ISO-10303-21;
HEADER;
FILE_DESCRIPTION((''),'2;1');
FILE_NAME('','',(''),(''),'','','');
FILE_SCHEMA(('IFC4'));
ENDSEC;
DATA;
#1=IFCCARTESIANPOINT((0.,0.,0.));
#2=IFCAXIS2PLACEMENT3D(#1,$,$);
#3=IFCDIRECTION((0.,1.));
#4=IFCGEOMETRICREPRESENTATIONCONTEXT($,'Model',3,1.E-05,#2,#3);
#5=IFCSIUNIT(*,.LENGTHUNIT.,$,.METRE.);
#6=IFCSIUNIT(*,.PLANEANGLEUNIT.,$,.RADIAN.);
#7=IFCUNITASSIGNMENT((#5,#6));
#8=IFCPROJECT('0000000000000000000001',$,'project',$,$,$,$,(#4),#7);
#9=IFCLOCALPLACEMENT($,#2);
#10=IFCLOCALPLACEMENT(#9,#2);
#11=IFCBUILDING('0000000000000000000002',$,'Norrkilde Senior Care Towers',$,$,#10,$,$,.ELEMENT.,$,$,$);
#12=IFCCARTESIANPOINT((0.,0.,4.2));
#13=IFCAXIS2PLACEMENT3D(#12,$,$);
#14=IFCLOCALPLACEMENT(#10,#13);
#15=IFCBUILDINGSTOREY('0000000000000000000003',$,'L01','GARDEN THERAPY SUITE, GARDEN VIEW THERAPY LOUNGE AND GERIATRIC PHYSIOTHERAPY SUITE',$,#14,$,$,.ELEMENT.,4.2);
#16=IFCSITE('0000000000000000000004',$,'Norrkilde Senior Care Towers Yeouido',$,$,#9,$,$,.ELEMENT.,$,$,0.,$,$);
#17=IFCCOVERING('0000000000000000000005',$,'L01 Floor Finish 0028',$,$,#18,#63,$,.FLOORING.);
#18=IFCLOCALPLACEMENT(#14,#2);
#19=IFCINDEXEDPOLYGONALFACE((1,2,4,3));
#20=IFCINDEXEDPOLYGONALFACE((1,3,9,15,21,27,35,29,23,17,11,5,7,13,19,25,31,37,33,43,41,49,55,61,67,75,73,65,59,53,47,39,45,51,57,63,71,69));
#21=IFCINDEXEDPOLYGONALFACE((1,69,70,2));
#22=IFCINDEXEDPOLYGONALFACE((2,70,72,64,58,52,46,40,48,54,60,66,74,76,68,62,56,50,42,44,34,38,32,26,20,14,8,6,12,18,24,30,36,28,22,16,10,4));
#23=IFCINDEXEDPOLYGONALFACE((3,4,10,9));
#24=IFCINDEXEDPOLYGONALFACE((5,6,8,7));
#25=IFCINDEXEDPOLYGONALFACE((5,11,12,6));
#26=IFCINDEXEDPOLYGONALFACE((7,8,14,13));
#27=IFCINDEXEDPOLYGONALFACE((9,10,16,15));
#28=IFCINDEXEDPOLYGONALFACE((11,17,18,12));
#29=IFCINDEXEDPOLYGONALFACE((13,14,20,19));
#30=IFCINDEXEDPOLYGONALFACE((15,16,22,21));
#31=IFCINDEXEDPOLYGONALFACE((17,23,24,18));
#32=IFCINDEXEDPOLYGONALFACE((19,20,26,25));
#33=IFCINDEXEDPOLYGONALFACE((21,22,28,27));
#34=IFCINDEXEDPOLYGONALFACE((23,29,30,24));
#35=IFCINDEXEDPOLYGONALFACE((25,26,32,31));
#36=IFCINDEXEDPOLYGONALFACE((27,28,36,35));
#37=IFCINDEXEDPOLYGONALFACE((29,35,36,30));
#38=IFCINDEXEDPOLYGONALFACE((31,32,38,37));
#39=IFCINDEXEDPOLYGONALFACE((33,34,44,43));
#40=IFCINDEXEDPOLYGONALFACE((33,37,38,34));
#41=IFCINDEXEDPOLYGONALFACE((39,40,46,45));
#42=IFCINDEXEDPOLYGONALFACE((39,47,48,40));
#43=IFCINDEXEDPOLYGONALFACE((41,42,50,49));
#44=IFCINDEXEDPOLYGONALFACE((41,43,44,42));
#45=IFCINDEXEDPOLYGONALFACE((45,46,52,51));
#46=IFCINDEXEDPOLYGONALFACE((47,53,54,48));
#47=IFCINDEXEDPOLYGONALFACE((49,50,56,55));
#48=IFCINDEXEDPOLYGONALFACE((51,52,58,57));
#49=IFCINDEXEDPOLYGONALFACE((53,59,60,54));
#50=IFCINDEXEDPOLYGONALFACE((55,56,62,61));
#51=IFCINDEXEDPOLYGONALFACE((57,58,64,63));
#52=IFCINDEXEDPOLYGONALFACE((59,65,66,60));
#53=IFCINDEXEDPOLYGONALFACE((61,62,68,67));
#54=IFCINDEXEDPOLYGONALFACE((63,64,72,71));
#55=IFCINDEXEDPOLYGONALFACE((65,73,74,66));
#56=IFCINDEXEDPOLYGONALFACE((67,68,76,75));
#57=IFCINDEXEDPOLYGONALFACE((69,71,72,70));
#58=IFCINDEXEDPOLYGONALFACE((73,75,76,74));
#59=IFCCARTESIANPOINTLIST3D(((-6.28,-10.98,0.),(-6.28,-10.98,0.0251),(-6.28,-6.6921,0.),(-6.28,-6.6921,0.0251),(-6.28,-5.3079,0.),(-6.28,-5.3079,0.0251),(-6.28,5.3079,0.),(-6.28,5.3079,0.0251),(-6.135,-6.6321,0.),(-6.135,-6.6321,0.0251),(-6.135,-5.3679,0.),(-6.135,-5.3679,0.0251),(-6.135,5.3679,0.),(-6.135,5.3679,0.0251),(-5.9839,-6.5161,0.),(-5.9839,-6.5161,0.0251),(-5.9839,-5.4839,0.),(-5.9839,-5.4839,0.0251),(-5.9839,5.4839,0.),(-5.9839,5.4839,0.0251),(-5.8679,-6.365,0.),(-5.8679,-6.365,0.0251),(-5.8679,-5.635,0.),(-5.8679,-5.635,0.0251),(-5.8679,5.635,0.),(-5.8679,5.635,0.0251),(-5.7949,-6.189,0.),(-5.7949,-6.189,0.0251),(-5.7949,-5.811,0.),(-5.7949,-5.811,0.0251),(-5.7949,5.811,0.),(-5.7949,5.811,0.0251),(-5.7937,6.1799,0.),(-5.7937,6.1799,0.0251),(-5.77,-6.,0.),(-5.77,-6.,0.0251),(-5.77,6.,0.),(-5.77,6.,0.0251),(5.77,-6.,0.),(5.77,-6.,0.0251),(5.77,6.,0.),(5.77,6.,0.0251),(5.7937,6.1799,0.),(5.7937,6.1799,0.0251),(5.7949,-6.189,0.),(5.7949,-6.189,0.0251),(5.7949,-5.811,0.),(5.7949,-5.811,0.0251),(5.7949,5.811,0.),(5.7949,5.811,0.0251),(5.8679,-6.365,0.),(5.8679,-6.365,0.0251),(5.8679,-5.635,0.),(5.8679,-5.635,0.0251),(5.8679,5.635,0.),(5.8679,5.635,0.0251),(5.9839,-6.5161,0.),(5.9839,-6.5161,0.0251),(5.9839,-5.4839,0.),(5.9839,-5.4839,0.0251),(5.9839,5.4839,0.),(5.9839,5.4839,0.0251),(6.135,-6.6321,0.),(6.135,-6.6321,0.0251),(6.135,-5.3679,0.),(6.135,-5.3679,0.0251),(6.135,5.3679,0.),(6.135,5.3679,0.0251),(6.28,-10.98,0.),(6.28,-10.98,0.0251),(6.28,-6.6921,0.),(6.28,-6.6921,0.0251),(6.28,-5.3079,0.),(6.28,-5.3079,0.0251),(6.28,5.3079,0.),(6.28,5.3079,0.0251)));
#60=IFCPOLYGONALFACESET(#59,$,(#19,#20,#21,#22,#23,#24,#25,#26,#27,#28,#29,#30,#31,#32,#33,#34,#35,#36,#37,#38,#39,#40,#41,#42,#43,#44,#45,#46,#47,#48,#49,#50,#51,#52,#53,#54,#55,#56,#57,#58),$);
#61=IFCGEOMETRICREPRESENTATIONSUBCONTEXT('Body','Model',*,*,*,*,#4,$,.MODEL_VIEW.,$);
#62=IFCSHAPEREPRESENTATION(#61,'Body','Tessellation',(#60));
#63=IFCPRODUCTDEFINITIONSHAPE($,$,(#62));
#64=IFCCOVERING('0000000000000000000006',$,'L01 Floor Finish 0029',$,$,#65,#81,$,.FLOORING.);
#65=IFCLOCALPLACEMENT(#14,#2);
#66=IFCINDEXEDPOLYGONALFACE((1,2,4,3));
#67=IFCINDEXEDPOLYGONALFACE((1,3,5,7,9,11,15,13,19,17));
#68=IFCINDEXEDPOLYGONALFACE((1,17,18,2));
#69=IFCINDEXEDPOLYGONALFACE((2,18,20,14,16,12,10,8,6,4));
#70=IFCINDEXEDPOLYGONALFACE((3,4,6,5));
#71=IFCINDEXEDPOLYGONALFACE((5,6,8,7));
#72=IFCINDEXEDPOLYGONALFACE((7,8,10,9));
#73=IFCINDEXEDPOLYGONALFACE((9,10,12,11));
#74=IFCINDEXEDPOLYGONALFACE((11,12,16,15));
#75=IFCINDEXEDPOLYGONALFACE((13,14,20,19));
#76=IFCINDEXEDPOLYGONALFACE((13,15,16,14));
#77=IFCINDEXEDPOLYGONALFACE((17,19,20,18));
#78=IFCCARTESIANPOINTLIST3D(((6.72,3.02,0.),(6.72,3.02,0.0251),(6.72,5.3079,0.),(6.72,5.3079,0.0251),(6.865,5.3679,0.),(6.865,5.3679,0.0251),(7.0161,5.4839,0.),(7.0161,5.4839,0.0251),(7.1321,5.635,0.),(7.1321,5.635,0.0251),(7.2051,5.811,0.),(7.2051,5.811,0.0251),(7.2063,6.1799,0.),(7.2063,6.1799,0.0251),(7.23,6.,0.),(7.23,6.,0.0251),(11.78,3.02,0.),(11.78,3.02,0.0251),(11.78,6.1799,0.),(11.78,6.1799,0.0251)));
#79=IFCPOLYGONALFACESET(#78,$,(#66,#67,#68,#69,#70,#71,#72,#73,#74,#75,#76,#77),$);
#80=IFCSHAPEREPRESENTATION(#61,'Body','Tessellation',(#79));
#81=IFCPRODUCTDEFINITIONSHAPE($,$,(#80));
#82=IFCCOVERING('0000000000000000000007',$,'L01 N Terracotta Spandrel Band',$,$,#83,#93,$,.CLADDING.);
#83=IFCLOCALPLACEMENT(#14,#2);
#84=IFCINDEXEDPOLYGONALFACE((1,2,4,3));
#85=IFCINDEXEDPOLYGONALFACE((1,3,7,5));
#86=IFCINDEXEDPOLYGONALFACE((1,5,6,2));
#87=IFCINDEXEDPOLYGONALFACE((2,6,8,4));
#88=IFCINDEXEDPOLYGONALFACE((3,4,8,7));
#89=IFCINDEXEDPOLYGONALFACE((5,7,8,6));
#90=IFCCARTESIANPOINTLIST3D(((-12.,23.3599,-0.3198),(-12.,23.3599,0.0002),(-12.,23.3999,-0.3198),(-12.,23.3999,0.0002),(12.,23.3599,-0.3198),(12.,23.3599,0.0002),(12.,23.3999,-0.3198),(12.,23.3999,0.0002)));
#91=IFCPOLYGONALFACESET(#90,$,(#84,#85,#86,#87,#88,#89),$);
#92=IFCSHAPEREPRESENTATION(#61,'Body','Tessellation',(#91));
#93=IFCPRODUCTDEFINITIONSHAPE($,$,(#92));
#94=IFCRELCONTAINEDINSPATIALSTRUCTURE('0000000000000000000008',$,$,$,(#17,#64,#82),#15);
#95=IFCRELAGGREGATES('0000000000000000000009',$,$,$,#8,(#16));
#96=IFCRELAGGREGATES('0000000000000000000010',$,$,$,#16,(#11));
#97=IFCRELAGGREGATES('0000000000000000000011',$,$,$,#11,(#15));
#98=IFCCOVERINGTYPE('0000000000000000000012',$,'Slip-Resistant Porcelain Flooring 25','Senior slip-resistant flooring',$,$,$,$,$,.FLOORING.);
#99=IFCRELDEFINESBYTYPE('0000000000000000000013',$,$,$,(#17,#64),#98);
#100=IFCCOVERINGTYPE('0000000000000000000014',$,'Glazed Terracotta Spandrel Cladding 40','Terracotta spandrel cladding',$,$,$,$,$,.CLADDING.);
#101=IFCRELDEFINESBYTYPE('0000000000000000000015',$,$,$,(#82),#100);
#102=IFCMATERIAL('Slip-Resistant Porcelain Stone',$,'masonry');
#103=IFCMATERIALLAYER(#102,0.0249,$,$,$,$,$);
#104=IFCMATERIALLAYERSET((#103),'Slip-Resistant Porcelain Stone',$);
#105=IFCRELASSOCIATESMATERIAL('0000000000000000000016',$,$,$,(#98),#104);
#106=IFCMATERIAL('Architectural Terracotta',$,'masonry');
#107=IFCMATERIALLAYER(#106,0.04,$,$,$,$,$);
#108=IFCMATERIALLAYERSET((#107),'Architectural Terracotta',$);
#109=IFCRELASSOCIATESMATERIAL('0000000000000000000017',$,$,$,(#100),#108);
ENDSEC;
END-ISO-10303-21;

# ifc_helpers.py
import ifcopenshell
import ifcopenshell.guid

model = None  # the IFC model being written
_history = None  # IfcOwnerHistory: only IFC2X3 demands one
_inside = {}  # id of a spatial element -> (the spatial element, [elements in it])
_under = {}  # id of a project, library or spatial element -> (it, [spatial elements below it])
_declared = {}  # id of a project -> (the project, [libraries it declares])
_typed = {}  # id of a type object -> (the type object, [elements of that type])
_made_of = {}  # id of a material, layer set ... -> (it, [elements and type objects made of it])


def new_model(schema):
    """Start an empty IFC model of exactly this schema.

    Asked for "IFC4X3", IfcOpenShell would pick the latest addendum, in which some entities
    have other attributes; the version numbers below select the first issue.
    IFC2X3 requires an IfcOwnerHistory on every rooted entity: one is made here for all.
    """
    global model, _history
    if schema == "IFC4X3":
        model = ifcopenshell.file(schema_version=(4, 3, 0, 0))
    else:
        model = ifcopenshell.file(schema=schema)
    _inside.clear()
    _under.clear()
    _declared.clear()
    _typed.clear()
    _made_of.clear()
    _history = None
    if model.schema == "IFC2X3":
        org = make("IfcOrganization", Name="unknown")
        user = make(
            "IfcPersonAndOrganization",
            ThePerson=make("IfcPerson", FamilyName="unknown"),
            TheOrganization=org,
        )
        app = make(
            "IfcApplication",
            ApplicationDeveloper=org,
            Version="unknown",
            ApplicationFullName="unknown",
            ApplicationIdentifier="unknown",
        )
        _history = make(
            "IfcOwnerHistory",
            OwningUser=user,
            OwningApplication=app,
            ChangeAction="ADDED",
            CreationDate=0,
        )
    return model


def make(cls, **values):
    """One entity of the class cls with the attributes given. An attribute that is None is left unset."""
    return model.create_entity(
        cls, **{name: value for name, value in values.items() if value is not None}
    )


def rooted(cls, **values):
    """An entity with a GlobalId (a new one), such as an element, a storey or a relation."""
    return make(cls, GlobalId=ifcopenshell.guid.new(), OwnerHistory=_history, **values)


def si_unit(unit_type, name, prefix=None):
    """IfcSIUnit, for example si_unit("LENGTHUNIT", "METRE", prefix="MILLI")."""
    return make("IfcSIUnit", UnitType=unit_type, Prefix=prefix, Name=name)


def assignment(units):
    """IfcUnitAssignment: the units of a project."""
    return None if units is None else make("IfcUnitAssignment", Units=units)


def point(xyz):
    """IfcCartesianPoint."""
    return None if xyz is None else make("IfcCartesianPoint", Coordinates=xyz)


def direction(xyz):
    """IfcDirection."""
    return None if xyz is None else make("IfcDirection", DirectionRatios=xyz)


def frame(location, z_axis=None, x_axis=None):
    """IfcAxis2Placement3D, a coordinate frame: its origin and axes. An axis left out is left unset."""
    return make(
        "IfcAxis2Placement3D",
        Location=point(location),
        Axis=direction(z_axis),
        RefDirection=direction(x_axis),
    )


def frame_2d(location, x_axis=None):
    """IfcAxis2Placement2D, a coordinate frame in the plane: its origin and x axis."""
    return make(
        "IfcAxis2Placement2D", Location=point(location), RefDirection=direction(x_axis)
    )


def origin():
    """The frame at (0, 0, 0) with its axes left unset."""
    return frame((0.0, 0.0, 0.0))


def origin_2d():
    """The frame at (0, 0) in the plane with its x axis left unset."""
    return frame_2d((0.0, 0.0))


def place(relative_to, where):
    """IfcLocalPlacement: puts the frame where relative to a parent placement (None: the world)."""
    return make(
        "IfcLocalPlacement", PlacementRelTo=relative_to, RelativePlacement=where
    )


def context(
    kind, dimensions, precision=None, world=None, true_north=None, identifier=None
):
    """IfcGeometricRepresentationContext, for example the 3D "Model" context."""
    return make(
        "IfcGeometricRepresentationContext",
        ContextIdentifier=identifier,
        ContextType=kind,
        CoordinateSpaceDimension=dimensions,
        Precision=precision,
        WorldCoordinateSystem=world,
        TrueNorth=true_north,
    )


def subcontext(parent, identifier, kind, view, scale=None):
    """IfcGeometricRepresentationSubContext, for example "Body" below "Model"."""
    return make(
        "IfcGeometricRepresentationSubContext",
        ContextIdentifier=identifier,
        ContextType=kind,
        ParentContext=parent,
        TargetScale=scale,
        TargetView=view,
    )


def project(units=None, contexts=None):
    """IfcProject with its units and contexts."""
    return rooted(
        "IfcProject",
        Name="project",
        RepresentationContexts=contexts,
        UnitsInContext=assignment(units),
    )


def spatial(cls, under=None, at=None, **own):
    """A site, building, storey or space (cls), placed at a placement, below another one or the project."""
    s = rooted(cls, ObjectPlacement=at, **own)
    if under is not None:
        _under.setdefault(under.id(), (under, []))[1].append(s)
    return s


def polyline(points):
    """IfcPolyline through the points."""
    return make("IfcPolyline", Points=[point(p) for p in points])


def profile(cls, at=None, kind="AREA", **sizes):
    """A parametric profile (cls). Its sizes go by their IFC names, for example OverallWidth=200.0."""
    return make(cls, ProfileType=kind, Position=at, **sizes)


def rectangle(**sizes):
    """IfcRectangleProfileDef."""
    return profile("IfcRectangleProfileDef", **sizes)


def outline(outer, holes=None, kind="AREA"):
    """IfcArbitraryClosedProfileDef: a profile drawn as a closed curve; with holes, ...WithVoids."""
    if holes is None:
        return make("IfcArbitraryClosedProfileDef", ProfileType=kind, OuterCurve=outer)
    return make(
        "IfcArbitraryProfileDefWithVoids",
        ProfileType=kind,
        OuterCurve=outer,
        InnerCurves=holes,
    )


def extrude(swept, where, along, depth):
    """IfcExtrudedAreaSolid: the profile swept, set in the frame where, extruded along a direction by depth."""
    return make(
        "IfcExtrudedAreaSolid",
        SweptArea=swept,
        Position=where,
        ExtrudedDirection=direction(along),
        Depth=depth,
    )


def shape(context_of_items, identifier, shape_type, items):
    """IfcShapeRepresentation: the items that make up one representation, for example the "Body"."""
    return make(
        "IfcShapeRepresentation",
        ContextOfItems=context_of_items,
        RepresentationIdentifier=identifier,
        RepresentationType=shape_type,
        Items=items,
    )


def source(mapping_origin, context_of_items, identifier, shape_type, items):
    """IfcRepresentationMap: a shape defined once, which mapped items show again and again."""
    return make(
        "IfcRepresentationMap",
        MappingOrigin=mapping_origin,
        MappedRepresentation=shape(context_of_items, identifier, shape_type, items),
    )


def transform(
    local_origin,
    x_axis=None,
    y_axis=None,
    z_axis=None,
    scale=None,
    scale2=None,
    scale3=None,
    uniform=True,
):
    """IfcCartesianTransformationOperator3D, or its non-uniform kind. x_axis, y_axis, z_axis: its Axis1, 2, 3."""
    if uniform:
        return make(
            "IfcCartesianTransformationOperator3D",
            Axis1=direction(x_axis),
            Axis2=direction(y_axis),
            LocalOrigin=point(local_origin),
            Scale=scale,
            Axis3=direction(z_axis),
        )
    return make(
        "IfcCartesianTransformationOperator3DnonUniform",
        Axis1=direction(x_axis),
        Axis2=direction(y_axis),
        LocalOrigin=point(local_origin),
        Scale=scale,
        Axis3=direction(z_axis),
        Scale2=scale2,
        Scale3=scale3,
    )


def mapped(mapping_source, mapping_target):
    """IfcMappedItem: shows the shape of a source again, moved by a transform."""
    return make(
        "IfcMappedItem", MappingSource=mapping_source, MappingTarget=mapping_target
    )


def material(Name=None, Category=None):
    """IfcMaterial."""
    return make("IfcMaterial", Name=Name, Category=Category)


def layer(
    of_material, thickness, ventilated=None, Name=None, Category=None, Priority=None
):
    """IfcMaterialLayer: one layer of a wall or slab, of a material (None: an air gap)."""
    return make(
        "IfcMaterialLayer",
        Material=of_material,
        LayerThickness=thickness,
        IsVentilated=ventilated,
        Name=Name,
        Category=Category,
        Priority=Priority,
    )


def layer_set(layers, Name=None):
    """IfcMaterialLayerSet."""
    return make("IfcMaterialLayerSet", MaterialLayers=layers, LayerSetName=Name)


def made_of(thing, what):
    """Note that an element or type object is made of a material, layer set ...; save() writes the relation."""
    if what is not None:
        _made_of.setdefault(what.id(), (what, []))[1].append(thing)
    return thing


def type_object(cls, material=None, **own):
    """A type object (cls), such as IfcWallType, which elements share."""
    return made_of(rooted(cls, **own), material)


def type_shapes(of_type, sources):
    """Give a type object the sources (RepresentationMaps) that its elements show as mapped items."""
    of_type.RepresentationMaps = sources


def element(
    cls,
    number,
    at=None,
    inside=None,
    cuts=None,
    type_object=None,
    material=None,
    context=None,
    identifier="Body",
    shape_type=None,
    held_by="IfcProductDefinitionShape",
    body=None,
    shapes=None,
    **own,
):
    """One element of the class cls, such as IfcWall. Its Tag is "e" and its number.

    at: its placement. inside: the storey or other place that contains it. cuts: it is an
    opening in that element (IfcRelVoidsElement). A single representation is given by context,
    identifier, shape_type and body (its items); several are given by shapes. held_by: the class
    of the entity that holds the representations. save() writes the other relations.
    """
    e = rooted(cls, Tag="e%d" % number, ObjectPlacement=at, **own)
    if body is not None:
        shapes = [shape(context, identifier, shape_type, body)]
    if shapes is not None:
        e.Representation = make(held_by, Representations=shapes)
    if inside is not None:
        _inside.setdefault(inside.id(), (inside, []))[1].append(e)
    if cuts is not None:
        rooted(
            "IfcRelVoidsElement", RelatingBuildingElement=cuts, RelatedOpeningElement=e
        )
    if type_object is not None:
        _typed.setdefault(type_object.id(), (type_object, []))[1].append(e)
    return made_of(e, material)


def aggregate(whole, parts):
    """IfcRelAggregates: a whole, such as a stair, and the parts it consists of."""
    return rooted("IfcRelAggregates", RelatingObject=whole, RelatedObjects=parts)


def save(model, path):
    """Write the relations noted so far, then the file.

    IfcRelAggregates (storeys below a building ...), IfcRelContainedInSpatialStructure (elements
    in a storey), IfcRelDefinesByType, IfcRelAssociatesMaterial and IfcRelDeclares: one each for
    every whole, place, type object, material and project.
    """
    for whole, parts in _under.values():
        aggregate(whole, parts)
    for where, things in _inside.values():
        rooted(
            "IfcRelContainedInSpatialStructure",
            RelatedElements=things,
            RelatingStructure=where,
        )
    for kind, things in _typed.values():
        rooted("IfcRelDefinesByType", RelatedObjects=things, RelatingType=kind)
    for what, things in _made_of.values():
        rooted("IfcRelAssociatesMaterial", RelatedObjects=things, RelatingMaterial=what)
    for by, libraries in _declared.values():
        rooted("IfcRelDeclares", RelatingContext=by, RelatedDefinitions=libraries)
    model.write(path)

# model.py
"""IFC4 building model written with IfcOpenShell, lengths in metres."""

from ifc_helpers import new_model, si_unit, direction, frame, origin, origin_2d, place, context, subcontext, project, spatial, polyline, rectangle, outline, extrude, source, transform, mapped, material, layer, layer_set, type_object, type_shapes, element, save


model = new_model("IFC4")

# Units and contexts
model_context = context("Model", 3, precision=1e-05, world=origin(), true_north=direction((0.0, 1.0)))
body_context = subcontext(model_context, "Body", "Model", "MODEL_VIEW")
ifc_project = project(units=[si_unit("LENGTHUNIT", "METRE"), si_unit("PLANEANGLEUNIT", "RADIAN")], contexts=[model_context])

# Site, building, storey
site_placement = place(None, origin())
site = spatial("IfcSite", under=ifc_project, at=site_placement, Name="Norrkilde Senior Care Towers Yeouido", CompositionType="ELEMENT", RefElevation=0.0)
building_placement = place(site_placement, origin())
building = spatial("IfcBuilding", under=site, at=building_placement, Name="Norrkilde Senior Care Towers", CompositionType="ELEMENT")
storey_placement = place(building_placement, frame((0.0, 0.0, 4.2)))
storey = spatial("IfcBuildingStorey", under=building, at=storey_placement, Name="L01", Description="GARDEN THERAPY SUITE, GARDEN VIEW THERAPY LOUNGE AND GERIATRIC PHYSIOTHERAPY SUITE", CompositionType="ELEMENT", Elevation=4.2)

# Coverings
ifc_material_1 = material(Name="Slip-Resistant Porcelain Stone", Category="masonry")
ifc_layer_1 = layer(ifc_material_1, 0.0249)
ifc_layer_set_1 = layer_set([ifc_layer_1], Name="Slip-Resistant Porcelain Stone")
covering_type_1 = type_object("IfcCoveringType", Name="Slip-Resistant Porcelain Flooring 25", Description="Senior slip-resistant flooring", PredefinedType="FLOORING", material=ifc_layer_set_1)
covering_1_placement = place(storey_placement, origin())
element("IfcCovering", 1, at=covering_1_placement, inside=storey, type_object=covering_type_1, Name="L01 Floor Finish 0028", PredefinedType="FLOORING", context=body_context, shape_type="SweptSolid", body=[
    extrude(outline(polyline([(-6.135, -6.6321), (-5.9839, -6.5161), (-5.8679, -6.365), (-5.7949, -6.189), (-5.77, -6.0), (-5.7949, -5.811), (-5.8679, -5.635), (-5.9839, -5.4839), (-6.135, -5.3679), (-6.28, -5.3079), (-6.28, 5.3079), (-6.135, 5.3679), (-5.9839, 5.4839), (-5.8679, 5.635), (-5.7949, 5.811), (-5.77, 6.0), (-5.7937, 6.1799), (5.7937, 6.1799), (5.77, 6.0), (5.7949, 5.811), (5.8679, 5.635), (5.9839, 5.4839), (6.135, 5.3679), (6.28, 5.3079), (6.28, -5.3079), (6.135, -5.3679), (5.9839, -5.4839), (5.8679, -5.635), (5.7949, -5.811), (5.77, -6.0), (5.7949, -6.189), (5.8679, -6.365), (5.9839, -6.5161), (6.135, -6.6321), (6.28, -6.6921), (6.28, -10.98), (-6.28, -10.98), (-6.28, -6.6921), (-6.135, -6.6321)])), origin(), (0.0, 0.0, 1.0), 0.0251),
])
covering_2_placement = place(storey_placement, origin())
element("IfcCovering", 2, at=covering_2_placement, inside=storey, type_object=covering_type_1, Name="L01 Floor Finish 0029", PredefinedType="FLOORING", context=body_context, shape_type="SweptSolid", body=[
    extrude(outline(polyline([(11.78, 3.02), (6.72, 3.02), (6.72, 5.3079), (6.865, 5.3679), (7.0161, 5.4839), (7.1321, 5.635), (7.2051, 5.811), (7.23, 6.0), (7.2063, 6.1799), (11.78, 6.1799), (11.78, 3.02)])), origin(), (0.0, 0.0, 1.0), 0.0251),
])
ifc_material_2 = material(Name="Architectural Terracotta", Category="masonry")
ifc_layer_2 = layer(ifc_material_2, 0.04)
ifc_layer_set_2 = layer_set([ifc_layer_2], Name="Architectural Terracotta")
covering_type_2 = type_object("IfcCoveringType", Name="Glazed Terracotta Spandrel Cladding 40", Description="Terracotta spandrel cladding", PredefinedType="CLADDING", material=ifc_layer_set_2)
shared_shape_1 = source(origin(), body_context, "Body", "SweptSolid", [
    extrude(rectangle(XDim=24.0, YDim=0.04, at=origin_2d()), origin(), (0.0, 0.0, 1.0), 0.3201),
])
type_shapes(covering_type_2, [shared_shape_1])
covering_3_placement = place(storey_placement, frame((0.0, 23.3799, -0.3198), z_axis=(0.0, 0.0, 1.0), x_axis=(1.0, 0.0, 0.0)))
element("IfcCovering", 3, at=covering_3_placement, inside=storey, type_object=covering_type_2, Name="L01 N Terracotta Spandrel Band", PredefinedType="CLADDING", context=body_context, shape_type="MappedRepresentation", body=[
    mapped(shared_shape_1, transform((0.0, 0.0, 0.0), x_axis=(1.0, 0.0, 0.0), y_axis=(0.0, 1.0, 0.0), z_axis=(0.0, 0.0, 1.0), scale=1.0)),
])

save(model, "model.ifc")
